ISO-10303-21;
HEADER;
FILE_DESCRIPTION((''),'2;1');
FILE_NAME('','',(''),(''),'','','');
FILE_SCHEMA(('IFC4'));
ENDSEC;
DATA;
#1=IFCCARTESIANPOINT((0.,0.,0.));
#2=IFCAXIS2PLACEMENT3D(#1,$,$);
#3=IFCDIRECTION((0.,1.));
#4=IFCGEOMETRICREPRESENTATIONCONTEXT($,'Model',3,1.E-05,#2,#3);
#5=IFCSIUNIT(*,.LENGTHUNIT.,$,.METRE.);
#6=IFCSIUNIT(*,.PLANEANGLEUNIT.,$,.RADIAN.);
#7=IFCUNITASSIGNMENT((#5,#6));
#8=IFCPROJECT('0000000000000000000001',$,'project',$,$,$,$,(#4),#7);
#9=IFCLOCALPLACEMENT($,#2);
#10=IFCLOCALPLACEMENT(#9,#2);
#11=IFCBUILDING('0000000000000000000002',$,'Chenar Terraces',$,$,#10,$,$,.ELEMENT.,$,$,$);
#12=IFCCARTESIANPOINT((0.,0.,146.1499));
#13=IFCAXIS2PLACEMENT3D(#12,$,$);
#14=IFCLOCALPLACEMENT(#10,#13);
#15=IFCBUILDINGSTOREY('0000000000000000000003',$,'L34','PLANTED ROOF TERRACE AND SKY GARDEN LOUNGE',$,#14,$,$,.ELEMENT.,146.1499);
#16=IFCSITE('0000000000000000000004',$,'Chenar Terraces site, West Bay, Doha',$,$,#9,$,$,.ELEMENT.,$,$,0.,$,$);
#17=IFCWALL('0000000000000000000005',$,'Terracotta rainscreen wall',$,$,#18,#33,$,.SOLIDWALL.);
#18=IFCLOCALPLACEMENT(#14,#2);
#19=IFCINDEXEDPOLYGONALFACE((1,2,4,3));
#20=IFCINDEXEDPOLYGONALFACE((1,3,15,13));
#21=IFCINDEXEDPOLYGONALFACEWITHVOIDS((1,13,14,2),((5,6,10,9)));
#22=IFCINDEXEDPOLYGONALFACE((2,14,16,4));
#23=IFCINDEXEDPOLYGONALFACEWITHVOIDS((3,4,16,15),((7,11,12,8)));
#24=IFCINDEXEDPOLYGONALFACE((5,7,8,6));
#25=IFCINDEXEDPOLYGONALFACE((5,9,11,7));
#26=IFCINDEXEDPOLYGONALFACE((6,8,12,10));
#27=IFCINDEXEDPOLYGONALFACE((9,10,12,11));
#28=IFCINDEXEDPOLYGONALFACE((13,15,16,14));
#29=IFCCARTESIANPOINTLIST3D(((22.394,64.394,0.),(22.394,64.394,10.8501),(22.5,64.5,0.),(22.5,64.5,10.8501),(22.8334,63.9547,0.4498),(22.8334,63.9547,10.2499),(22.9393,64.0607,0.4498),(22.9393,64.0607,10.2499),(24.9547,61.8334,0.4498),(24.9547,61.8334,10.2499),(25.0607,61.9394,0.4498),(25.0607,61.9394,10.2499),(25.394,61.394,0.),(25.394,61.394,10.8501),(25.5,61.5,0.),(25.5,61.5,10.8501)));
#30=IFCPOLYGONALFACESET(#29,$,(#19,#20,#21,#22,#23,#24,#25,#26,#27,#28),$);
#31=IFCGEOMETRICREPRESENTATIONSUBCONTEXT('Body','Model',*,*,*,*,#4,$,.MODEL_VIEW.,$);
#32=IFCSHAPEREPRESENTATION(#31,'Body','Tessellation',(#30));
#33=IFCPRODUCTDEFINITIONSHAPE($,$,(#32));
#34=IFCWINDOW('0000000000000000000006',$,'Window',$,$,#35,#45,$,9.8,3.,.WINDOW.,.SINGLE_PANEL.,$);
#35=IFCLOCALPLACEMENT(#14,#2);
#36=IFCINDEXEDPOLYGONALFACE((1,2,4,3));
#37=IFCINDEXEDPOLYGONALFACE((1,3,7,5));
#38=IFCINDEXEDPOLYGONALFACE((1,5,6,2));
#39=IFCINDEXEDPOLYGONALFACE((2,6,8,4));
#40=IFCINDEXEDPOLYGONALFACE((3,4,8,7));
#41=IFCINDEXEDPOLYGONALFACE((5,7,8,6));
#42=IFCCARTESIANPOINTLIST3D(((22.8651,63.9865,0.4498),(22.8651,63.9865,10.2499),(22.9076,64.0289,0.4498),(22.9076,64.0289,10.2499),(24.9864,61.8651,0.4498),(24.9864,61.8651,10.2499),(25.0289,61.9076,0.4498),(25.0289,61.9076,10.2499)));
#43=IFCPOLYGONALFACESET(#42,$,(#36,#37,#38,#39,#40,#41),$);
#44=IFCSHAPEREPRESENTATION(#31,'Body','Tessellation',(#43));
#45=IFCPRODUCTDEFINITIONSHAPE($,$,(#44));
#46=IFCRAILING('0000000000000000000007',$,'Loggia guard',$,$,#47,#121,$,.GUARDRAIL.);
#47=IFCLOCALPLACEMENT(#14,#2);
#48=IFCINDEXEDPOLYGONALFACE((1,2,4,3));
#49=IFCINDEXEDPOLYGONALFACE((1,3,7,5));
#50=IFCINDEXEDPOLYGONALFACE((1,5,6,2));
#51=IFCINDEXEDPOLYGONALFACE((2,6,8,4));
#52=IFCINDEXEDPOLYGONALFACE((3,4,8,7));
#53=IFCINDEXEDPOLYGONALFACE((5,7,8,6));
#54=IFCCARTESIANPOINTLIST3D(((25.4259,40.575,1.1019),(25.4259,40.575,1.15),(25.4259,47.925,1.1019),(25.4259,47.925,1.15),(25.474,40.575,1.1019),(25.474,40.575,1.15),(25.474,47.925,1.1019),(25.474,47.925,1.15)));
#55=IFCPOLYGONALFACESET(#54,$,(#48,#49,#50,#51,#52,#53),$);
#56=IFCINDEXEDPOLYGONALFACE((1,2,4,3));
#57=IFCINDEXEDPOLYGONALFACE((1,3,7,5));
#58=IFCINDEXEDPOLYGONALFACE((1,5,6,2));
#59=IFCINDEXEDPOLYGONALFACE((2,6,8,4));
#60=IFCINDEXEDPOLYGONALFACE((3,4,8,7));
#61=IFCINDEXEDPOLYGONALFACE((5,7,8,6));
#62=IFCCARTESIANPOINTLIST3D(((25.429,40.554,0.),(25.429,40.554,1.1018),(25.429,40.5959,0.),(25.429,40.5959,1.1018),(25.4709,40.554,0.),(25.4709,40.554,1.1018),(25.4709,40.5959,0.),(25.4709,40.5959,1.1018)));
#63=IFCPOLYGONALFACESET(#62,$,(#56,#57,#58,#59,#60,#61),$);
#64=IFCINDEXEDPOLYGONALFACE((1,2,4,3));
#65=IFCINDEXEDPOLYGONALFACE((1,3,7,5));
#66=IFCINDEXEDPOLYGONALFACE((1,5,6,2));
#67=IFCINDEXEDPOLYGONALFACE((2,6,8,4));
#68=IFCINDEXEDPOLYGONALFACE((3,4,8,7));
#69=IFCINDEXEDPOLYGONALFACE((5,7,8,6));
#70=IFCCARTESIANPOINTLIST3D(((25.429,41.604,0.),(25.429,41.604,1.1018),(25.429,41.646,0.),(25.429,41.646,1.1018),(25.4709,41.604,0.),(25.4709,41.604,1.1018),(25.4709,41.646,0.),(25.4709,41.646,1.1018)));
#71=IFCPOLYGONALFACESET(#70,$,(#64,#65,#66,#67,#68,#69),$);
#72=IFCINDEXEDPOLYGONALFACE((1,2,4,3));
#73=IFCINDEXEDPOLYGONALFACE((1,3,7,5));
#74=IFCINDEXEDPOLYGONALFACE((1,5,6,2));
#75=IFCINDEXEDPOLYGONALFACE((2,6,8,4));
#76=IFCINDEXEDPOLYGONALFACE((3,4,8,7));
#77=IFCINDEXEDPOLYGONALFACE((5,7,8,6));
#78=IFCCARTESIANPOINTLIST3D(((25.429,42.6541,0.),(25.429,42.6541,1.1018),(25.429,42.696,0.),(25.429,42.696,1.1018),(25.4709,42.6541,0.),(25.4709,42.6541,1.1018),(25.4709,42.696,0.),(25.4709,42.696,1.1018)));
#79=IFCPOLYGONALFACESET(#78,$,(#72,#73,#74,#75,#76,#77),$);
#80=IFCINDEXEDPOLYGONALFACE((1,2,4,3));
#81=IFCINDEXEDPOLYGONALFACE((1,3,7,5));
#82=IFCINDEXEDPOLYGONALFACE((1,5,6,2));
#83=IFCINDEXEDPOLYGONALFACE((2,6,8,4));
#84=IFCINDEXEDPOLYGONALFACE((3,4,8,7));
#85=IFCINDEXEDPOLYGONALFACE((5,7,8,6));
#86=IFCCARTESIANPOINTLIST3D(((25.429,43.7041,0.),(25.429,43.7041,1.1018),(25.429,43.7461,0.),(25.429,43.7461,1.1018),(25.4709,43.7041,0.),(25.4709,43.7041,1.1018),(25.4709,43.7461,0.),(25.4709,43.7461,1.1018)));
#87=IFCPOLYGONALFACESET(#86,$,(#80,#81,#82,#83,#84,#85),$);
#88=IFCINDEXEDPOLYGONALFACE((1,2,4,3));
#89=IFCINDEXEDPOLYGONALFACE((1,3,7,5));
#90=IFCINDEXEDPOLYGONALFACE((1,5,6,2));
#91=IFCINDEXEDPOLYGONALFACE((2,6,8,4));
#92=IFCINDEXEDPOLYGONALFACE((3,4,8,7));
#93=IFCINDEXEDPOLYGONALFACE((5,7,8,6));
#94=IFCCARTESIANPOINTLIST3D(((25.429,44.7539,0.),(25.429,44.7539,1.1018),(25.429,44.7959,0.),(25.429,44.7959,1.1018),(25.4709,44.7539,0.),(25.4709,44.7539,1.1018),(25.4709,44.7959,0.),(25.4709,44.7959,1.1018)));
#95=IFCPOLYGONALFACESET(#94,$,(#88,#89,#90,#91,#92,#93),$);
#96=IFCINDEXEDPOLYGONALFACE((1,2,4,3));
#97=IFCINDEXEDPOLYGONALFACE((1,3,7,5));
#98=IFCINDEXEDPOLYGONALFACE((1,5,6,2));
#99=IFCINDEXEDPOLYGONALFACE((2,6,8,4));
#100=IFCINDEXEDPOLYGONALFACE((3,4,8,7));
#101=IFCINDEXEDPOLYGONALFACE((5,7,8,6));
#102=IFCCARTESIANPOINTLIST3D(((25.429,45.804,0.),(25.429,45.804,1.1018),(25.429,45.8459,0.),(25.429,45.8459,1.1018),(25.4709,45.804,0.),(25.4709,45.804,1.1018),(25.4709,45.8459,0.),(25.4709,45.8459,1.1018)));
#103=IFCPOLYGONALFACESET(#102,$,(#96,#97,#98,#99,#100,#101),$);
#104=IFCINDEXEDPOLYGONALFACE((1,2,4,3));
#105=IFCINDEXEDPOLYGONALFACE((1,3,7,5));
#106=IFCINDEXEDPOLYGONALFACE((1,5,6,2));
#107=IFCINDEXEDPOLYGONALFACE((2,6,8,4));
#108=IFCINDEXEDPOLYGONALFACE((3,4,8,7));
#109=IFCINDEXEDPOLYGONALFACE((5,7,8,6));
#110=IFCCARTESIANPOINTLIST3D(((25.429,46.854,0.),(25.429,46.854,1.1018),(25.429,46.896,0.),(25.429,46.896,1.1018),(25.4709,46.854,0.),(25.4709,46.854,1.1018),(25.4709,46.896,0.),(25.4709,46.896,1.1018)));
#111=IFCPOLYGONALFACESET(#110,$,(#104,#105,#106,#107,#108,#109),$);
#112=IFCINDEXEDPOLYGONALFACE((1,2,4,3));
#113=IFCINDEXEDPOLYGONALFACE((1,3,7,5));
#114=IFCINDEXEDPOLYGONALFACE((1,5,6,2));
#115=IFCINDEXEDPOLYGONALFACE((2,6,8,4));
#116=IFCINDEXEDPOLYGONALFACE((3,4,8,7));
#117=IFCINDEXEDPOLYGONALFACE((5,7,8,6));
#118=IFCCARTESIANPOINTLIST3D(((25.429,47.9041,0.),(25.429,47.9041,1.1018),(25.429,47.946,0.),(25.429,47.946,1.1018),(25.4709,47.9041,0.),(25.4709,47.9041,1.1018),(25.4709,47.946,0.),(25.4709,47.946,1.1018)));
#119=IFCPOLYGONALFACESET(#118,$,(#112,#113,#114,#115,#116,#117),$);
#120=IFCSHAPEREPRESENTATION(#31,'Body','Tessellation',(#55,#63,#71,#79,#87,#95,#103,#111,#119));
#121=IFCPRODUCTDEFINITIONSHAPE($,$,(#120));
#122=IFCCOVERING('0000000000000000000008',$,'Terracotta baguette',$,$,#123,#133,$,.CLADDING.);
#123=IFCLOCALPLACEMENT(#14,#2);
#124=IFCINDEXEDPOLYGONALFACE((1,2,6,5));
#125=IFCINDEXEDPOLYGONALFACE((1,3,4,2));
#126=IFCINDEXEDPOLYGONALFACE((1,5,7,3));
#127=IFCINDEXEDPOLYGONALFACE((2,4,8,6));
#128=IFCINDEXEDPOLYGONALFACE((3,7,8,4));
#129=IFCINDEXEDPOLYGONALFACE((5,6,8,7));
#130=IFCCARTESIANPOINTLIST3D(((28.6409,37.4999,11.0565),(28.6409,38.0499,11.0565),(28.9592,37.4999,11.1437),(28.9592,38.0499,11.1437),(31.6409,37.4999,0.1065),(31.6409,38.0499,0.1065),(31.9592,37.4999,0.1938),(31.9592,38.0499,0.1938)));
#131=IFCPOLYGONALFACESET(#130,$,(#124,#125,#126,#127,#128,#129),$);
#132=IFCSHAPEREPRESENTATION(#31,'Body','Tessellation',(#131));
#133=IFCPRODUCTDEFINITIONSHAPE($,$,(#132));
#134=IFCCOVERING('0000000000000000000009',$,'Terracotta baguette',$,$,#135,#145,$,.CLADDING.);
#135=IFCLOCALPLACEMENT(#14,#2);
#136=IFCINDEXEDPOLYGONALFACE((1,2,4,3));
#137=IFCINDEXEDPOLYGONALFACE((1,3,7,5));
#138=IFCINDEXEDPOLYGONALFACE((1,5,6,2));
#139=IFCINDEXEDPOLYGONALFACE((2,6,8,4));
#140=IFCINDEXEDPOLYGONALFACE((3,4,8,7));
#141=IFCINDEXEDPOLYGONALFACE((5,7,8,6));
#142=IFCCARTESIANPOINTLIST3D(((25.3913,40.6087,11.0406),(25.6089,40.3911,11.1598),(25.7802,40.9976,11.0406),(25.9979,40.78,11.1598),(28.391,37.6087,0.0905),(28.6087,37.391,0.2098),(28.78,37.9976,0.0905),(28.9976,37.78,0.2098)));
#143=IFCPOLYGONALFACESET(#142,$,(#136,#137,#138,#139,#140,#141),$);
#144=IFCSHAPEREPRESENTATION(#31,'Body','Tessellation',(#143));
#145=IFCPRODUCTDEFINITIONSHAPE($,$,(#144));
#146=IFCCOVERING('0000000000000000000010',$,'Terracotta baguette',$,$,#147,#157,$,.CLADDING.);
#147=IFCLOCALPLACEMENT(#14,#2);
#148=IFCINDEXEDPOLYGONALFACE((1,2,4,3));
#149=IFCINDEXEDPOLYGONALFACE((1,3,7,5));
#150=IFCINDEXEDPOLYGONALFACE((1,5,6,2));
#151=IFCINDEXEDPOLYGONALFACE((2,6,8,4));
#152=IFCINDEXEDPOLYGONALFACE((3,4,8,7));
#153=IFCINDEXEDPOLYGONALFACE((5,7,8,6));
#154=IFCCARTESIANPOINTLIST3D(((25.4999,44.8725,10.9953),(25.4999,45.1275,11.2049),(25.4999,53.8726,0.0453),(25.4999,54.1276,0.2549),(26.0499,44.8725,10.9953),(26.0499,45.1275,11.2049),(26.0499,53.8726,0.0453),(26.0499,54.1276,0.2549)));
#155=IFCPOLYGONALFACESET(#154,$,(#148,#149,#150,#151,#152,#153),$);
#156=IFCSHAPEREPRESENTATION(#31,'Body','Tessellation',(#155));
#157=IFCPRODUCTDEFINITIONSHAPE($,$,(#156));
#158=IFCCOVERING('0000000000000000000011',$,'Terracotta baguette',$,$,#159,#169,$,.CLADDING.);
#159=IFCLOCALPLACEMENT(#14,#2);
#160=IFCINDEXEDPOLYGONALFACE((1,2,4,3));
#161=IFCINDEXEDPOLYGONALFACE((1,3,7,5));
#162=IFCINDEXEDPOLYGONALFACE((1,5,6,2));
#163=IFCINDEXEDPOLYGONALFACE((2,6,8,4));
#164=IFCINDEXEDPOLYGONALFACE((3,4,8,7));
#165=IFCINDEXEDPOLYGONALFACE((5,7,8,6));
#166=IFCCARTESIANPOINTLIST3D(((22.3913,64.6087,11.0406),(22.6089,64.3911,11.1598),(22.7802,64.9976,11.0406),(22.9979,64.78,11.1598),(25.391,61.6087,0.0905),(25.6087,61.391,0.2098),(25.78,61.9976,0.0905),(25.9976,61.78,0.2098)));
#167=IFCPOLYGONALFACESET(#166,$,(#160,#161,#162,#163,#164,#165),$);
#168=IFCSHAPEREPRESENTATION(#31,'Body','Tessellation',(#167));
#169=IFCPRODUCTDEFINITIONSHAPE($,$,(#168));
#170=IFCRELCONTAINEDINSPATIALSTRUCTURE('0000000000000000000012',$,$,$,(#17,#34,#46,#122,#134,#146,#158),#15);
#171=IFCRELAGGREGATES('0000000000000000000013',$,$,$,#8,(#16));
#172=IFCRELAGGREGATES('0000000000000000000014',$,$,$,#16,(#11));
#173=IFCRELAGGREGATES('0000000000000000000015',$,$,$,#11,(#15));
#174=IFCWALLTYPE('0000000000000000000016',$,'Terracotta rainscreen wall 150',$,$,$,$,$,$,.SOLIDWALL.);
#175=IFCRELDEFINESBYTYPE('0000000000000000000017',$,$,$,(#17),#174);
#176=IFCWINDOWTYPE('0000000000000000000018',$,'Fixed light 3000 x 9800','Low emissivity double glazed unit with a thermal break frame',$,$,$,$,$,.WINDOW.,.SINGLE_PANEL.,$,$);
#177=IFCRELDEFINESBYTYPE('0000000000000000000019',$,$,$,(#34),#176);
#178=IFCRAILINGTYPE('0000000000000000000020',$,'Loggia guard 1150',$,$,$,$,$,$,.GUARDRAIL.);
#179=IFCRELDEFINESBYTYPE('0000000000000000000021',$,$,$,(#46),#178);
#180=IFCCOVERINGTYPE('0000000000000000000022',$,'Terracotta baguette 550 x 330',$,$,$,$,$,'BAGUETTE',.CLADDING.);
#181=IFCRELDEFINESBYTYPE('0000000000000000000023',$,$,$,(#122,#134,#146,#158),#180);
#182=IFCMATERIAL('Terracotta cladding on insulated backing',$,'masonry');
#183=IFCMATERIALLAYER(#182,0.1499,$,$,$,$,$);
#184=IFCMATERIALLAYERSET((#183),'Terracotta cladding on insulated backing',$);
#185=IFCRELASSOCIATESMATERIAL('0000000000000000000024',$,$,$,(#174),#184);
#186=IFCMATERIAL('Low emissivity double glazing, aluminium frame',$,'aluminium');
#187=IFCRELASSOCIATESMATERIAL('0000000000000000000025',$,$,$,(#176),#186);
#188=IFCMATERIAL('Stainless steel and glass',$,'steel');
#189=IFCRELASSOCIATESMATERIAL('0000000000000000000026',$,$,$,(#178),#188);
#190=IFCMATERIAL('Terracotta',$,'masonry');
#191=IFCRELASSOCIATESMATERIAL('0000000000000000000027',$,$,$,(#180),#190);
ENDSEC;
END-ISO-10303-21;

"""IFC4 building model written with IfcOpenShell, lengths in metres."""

from ifc_helpers import new_model, si_unit, direction, frame, frame_2d, origin, origin_2d, place, context, subcontext, project, spatial, rectangle, extrude, material, layer, layer_set, material_profile, profile_set, type_object, element, fill, save


model = new_model("IFC4")

# Units and contexts
model_context = context("Model", 3, precision=1e-05, world=origin(), true_north=direction((0.0, 1.0)))
body_context = subcontext(model_context, "Body", "Model", "MODEL_VIEW")
ifc_project = project(units=[si_unit("LENGTHUNIT", "METRE"), si_unit("PLANEANGLEUNIT", "RADIAN")], contexts=[model_context])

# Site, building, storey
site_placement = place(None, origin())
site = spatial("IfcSite", under=ifc_project, at=site_placement, Name="Chenar Terraces site, West Bay, Doha", CompositionType="ELEMENT", RefElevation=0.0)
building_placement = place(site_placement, origin())
building = spatial("IfcBuilding", under=site, at=building_placement, Name="Chenar Terraces", CompositionType="ELEMENT")
storey_placement = place(building_placement, frame((0.0, 0.0, 146.1499)))
storey = spatial("IfcBuildingStorey", under=building, at=storey_placement, Name="L34", Description="PLANTED ROOF TERRACE AND SKY GARDEN LOUNGE", CompositionType="ELEMENT", Elevation=146.1499)

# Wall, opening, window
ifc_material_1 = material(Name="Terracotta cladding on insulated backing", Category="masonry")
ifc_layer_1 = layer(ifc_material_1, 0.1499)
ifc_layer_set_1 = layer_set([ifc_layer_1], Name="Terracotta cladding on insulated backing")
wall_type_1 = type_object("IfcWallType", Name="Terracotta rainscreen wall 150", PredefinedType="SOLIDWALL", material=ifc_layer_set_1)
ifc_material_2 = material(Name="Low emissivity double glazing, aluminium frame", Category="aluminium")
window_type = type_object("IfcWindowType", Name="Fixed light 3000 x 9800", Description="Low emissivity double glazed unit with a thermal break frame", PartitioningType="SINGLE_PANEL", PredefinedType="WINDOW", material=ifc_material_2)
wall_1_placement = place(storey_placement, frame((25.447, 61.447, 0.0), z_axis=(0.0, 0.0, 1.0), x_axis=(-0.707107, 0.707107, 0.0)))
wall_1 = element("IfcWall", 1, at=wall_1_placement, inside=storey, type_object=wall_type_1, Name="Terracotta rainscreen wall", PredefinedType="SOLIDWALL", context=body_context, shape_type="SweptSolid", body=[
    extrude(rectangle(XDim=4.2427, YDim=0.1499, at=frame_2d((2.1213, 0.0))), origin(), (0.0, 0.0, 1.0), 10.8501),
])
opening_1_placement = place(wall_1_placement, frame((0.6213, 0.0, 0.45)))
opening_1 = element("IfcOpeningElement", 2, at=opening_1_placement, cuts=wall_1, PredefinedType="OPENING", context=body_context, shape_type="SweptSolid", body=[
    extrude(rectangle(XDim=3.0, YDim=9.8, at=frame_2d((1.5, 4.8999))), frame((0.0, 0.085, 0.0), z_axis=(0.0, -1.0, 0.0), x_axis=(1.0, 0.0, 0.0)), (0.0, 0.0, 1.0), 0.1699),
])
window_1_placement = place(opening_1_placement, origin())
window_1 = element("IfcWindow", 3, at=window_1_placement, inside=storey, type_object=window_type, Name="Window", OverallHeight=9.8, OverallWidth=3.0, PartitioningType="SINGLE_PANEL", PredefinedType="WINDOW", context=body_context, shape_type="SweptSolid", body=[
    extrude(rectangle(XDim=3.0, YDim=9.8, at=frame_2d((1.5, 4.8999))), frame((0.0, 0.03, 0.0), z_axis=(0.0, -1.0, 0.0), x_axis=(1.0, 0.0, 0.0)), (0.0, 0.0, 1.0), 0.0601),
])
fill(opening_1, window_1)

# Railing
ifc_material_3 = material(Name="Stainless steel and glass", Category="steel")
railing_type = type_object("IfcRailingType", Name="Loggia guard 1150", PredefinedType="GUARDRAIL", material=ifc_material_3)
railing_placement = place(storey_placement, frame((25.45, 40.575, 0.0)))
element("IfcRailing", 4, at=railing_placement, inside=storey, type_object=railing_type, Name="Loggia guard", PredefinedType="GUARDRAIL", context=body_context, shape_type="SweptSolid", body=[
    extrude(rectangle(XDim=0.0481, YDim=0.0481, at=origin_2d()), frame((0.0, 0.0, 1.126), z_axis=(0.0, 1.0, 0.0), x_axis=(-1.0, 0.0, 0.0)), (0.0, 0.0, 1.0), 7.3501),
    extrude(rectangle(XDim=0.042, YDim=0.042, at=origin_2d()), origin(), (0.0, 0.0, 1.0), 1.1018),
    extrude(rectangle(XDim=0.042, YDim=0.042, at=origin_2d()), frame((0.0, 1.05, 0.0)), (0.0, 0.0, 1.0), 1.1018),
    extrude(rectangle(XDim=0.042, YDim=0.042, at=origin_2d()), frame((0.0, 2.1001, 0.0)), (0.0, 0.0, 1.0), 1.1018),
    extrude(rectangle(XDim=0.042, YDim=0.042, at=origin_2d()), frame((0.0, 3.1501, 0.0)), (0.0, 0.0, 1.0), 1.1018),
    extrude(rectangle(XDim=0.042, YDim=0.042, at=origin_2d()), frame((0.0, 4.2, 0.0)), (0.0, 0.0, 1.0), 1.1018),
    extrude(rectangle(XDim=0.042, YDim=0.042, at=origin_2d()), frame((0.0, 5.25, 0.0)), (0.0, 0.0, 1.0), 1.1018),
    extrude(rectangle(XDim=0.042, YDim=0.042, at=origin_2d()), frame((0.0, 6.3, 0.0)), (0.0, 0.0, 1.0), 1.1018),
    extrude(rectangle(XDim=0.042, YDim=0.042, at=origin_2d()), frame((0.0, 7.3501, 0.0)), (0.0, 0.0, 1.0), 1.1018),
])

# Coverings
ifc_material_4 = material(Name="Terracotta", Category="masonry")
ifc_material_profile_1 = material_profile(ifc_material_4, rectangle(XDim=0.55, YDim=0.3301, at=origin_2d()), Name="Terracotta baguette 550 x 330")
ifc_profile_set_1 = profile_set([ifc_material_profile_1], Name="Terracotta")
covering_type = type_object("IfcCoveringType", Name="Terracotta baguette 550 x 330", ElementType="BAGUETTE", PredefinedType="CLADDING", material=ifc_profile_set_1)
covering_1_placement = place(storey_placement, frame((31.8, 37.7749, 0.1501), z_axis=(-0.264236, 0.0, 0.964458), x_axis=(0.0, -1.0, 0.0)))
element("IfcCovering", 5, at=covering_1_placement, inside=storey, type_object=covering_type, Name="Terracotta baguette", PredefinedType="CLADDING", context=body_context, shape_type="SweptSolid", body=[
    extrude(rectangle(XDim=0.55, YDim=0.3301, at=origin_2d()), origin(), (0.0, 0.0, 1.0), 11.3535),
])
covering_2_placement = place(storey_placement, frame((28.6943, 37.6943, 0.1501), z_axis=(-0.255449, 0.25547, 0.93246), x_axis=(-0.707136, -0.707078, 0.0)))
element("IfcCovering", 6, at=covering_2_placement, inside=storey, type_object=covering_type, Name="Terracotta baguette", PredefinedType="CLADDING", context=body_context, shape_type="SweptSolid", body=[
    extrude(rectangle(XDim=0.55, YDim=0.3301, at=origin_2d()), origin(), (0.0, 0.0, 1.0), 11.7432),
])
covering_3_placement = place(storey_placement, frame((25.7749, 45.0, 11.1001), z_axis=(0.0, 0.634967, -0.772539), x_axis=(-1.0, 0.0, 0.0)))
element("IfcCovering", 7, at=covering_3_placement, inside=storey, type_object=covering_type, Name="Terracotta baguette", PredefinedType="CLADDING", context=body_context, shape_type="SweptSolid", body=[
    extrude(rectangle(XDim=0.55, YDim=0.3301, at=origin_2d()), origin(), (0.0, 0.0, 1.0), 14.1741),
])
covering_4_placement = place(storey_placement, frame((25.6943, 61.6943, 0.1501), z_axis=(-0.255449, 0.25547, 0.93246), x_axis=(-0.707136, -0.707078, 0.0)))
element("IfcCovering", 8, at=covering_4_placement, inside=storey, type_object=covering_type, Name="Terracotta baguette", PredefinedType="CLADDING", context=body_context, shape_type="SweptSolid", body=[
    extrude(rectangle(XDim=0.55, YDim=0.3301, at=origin_2d()), origin(), (0.0, 0.0, 1.0), 11.7432),
])

save(model, "model.ifc")
